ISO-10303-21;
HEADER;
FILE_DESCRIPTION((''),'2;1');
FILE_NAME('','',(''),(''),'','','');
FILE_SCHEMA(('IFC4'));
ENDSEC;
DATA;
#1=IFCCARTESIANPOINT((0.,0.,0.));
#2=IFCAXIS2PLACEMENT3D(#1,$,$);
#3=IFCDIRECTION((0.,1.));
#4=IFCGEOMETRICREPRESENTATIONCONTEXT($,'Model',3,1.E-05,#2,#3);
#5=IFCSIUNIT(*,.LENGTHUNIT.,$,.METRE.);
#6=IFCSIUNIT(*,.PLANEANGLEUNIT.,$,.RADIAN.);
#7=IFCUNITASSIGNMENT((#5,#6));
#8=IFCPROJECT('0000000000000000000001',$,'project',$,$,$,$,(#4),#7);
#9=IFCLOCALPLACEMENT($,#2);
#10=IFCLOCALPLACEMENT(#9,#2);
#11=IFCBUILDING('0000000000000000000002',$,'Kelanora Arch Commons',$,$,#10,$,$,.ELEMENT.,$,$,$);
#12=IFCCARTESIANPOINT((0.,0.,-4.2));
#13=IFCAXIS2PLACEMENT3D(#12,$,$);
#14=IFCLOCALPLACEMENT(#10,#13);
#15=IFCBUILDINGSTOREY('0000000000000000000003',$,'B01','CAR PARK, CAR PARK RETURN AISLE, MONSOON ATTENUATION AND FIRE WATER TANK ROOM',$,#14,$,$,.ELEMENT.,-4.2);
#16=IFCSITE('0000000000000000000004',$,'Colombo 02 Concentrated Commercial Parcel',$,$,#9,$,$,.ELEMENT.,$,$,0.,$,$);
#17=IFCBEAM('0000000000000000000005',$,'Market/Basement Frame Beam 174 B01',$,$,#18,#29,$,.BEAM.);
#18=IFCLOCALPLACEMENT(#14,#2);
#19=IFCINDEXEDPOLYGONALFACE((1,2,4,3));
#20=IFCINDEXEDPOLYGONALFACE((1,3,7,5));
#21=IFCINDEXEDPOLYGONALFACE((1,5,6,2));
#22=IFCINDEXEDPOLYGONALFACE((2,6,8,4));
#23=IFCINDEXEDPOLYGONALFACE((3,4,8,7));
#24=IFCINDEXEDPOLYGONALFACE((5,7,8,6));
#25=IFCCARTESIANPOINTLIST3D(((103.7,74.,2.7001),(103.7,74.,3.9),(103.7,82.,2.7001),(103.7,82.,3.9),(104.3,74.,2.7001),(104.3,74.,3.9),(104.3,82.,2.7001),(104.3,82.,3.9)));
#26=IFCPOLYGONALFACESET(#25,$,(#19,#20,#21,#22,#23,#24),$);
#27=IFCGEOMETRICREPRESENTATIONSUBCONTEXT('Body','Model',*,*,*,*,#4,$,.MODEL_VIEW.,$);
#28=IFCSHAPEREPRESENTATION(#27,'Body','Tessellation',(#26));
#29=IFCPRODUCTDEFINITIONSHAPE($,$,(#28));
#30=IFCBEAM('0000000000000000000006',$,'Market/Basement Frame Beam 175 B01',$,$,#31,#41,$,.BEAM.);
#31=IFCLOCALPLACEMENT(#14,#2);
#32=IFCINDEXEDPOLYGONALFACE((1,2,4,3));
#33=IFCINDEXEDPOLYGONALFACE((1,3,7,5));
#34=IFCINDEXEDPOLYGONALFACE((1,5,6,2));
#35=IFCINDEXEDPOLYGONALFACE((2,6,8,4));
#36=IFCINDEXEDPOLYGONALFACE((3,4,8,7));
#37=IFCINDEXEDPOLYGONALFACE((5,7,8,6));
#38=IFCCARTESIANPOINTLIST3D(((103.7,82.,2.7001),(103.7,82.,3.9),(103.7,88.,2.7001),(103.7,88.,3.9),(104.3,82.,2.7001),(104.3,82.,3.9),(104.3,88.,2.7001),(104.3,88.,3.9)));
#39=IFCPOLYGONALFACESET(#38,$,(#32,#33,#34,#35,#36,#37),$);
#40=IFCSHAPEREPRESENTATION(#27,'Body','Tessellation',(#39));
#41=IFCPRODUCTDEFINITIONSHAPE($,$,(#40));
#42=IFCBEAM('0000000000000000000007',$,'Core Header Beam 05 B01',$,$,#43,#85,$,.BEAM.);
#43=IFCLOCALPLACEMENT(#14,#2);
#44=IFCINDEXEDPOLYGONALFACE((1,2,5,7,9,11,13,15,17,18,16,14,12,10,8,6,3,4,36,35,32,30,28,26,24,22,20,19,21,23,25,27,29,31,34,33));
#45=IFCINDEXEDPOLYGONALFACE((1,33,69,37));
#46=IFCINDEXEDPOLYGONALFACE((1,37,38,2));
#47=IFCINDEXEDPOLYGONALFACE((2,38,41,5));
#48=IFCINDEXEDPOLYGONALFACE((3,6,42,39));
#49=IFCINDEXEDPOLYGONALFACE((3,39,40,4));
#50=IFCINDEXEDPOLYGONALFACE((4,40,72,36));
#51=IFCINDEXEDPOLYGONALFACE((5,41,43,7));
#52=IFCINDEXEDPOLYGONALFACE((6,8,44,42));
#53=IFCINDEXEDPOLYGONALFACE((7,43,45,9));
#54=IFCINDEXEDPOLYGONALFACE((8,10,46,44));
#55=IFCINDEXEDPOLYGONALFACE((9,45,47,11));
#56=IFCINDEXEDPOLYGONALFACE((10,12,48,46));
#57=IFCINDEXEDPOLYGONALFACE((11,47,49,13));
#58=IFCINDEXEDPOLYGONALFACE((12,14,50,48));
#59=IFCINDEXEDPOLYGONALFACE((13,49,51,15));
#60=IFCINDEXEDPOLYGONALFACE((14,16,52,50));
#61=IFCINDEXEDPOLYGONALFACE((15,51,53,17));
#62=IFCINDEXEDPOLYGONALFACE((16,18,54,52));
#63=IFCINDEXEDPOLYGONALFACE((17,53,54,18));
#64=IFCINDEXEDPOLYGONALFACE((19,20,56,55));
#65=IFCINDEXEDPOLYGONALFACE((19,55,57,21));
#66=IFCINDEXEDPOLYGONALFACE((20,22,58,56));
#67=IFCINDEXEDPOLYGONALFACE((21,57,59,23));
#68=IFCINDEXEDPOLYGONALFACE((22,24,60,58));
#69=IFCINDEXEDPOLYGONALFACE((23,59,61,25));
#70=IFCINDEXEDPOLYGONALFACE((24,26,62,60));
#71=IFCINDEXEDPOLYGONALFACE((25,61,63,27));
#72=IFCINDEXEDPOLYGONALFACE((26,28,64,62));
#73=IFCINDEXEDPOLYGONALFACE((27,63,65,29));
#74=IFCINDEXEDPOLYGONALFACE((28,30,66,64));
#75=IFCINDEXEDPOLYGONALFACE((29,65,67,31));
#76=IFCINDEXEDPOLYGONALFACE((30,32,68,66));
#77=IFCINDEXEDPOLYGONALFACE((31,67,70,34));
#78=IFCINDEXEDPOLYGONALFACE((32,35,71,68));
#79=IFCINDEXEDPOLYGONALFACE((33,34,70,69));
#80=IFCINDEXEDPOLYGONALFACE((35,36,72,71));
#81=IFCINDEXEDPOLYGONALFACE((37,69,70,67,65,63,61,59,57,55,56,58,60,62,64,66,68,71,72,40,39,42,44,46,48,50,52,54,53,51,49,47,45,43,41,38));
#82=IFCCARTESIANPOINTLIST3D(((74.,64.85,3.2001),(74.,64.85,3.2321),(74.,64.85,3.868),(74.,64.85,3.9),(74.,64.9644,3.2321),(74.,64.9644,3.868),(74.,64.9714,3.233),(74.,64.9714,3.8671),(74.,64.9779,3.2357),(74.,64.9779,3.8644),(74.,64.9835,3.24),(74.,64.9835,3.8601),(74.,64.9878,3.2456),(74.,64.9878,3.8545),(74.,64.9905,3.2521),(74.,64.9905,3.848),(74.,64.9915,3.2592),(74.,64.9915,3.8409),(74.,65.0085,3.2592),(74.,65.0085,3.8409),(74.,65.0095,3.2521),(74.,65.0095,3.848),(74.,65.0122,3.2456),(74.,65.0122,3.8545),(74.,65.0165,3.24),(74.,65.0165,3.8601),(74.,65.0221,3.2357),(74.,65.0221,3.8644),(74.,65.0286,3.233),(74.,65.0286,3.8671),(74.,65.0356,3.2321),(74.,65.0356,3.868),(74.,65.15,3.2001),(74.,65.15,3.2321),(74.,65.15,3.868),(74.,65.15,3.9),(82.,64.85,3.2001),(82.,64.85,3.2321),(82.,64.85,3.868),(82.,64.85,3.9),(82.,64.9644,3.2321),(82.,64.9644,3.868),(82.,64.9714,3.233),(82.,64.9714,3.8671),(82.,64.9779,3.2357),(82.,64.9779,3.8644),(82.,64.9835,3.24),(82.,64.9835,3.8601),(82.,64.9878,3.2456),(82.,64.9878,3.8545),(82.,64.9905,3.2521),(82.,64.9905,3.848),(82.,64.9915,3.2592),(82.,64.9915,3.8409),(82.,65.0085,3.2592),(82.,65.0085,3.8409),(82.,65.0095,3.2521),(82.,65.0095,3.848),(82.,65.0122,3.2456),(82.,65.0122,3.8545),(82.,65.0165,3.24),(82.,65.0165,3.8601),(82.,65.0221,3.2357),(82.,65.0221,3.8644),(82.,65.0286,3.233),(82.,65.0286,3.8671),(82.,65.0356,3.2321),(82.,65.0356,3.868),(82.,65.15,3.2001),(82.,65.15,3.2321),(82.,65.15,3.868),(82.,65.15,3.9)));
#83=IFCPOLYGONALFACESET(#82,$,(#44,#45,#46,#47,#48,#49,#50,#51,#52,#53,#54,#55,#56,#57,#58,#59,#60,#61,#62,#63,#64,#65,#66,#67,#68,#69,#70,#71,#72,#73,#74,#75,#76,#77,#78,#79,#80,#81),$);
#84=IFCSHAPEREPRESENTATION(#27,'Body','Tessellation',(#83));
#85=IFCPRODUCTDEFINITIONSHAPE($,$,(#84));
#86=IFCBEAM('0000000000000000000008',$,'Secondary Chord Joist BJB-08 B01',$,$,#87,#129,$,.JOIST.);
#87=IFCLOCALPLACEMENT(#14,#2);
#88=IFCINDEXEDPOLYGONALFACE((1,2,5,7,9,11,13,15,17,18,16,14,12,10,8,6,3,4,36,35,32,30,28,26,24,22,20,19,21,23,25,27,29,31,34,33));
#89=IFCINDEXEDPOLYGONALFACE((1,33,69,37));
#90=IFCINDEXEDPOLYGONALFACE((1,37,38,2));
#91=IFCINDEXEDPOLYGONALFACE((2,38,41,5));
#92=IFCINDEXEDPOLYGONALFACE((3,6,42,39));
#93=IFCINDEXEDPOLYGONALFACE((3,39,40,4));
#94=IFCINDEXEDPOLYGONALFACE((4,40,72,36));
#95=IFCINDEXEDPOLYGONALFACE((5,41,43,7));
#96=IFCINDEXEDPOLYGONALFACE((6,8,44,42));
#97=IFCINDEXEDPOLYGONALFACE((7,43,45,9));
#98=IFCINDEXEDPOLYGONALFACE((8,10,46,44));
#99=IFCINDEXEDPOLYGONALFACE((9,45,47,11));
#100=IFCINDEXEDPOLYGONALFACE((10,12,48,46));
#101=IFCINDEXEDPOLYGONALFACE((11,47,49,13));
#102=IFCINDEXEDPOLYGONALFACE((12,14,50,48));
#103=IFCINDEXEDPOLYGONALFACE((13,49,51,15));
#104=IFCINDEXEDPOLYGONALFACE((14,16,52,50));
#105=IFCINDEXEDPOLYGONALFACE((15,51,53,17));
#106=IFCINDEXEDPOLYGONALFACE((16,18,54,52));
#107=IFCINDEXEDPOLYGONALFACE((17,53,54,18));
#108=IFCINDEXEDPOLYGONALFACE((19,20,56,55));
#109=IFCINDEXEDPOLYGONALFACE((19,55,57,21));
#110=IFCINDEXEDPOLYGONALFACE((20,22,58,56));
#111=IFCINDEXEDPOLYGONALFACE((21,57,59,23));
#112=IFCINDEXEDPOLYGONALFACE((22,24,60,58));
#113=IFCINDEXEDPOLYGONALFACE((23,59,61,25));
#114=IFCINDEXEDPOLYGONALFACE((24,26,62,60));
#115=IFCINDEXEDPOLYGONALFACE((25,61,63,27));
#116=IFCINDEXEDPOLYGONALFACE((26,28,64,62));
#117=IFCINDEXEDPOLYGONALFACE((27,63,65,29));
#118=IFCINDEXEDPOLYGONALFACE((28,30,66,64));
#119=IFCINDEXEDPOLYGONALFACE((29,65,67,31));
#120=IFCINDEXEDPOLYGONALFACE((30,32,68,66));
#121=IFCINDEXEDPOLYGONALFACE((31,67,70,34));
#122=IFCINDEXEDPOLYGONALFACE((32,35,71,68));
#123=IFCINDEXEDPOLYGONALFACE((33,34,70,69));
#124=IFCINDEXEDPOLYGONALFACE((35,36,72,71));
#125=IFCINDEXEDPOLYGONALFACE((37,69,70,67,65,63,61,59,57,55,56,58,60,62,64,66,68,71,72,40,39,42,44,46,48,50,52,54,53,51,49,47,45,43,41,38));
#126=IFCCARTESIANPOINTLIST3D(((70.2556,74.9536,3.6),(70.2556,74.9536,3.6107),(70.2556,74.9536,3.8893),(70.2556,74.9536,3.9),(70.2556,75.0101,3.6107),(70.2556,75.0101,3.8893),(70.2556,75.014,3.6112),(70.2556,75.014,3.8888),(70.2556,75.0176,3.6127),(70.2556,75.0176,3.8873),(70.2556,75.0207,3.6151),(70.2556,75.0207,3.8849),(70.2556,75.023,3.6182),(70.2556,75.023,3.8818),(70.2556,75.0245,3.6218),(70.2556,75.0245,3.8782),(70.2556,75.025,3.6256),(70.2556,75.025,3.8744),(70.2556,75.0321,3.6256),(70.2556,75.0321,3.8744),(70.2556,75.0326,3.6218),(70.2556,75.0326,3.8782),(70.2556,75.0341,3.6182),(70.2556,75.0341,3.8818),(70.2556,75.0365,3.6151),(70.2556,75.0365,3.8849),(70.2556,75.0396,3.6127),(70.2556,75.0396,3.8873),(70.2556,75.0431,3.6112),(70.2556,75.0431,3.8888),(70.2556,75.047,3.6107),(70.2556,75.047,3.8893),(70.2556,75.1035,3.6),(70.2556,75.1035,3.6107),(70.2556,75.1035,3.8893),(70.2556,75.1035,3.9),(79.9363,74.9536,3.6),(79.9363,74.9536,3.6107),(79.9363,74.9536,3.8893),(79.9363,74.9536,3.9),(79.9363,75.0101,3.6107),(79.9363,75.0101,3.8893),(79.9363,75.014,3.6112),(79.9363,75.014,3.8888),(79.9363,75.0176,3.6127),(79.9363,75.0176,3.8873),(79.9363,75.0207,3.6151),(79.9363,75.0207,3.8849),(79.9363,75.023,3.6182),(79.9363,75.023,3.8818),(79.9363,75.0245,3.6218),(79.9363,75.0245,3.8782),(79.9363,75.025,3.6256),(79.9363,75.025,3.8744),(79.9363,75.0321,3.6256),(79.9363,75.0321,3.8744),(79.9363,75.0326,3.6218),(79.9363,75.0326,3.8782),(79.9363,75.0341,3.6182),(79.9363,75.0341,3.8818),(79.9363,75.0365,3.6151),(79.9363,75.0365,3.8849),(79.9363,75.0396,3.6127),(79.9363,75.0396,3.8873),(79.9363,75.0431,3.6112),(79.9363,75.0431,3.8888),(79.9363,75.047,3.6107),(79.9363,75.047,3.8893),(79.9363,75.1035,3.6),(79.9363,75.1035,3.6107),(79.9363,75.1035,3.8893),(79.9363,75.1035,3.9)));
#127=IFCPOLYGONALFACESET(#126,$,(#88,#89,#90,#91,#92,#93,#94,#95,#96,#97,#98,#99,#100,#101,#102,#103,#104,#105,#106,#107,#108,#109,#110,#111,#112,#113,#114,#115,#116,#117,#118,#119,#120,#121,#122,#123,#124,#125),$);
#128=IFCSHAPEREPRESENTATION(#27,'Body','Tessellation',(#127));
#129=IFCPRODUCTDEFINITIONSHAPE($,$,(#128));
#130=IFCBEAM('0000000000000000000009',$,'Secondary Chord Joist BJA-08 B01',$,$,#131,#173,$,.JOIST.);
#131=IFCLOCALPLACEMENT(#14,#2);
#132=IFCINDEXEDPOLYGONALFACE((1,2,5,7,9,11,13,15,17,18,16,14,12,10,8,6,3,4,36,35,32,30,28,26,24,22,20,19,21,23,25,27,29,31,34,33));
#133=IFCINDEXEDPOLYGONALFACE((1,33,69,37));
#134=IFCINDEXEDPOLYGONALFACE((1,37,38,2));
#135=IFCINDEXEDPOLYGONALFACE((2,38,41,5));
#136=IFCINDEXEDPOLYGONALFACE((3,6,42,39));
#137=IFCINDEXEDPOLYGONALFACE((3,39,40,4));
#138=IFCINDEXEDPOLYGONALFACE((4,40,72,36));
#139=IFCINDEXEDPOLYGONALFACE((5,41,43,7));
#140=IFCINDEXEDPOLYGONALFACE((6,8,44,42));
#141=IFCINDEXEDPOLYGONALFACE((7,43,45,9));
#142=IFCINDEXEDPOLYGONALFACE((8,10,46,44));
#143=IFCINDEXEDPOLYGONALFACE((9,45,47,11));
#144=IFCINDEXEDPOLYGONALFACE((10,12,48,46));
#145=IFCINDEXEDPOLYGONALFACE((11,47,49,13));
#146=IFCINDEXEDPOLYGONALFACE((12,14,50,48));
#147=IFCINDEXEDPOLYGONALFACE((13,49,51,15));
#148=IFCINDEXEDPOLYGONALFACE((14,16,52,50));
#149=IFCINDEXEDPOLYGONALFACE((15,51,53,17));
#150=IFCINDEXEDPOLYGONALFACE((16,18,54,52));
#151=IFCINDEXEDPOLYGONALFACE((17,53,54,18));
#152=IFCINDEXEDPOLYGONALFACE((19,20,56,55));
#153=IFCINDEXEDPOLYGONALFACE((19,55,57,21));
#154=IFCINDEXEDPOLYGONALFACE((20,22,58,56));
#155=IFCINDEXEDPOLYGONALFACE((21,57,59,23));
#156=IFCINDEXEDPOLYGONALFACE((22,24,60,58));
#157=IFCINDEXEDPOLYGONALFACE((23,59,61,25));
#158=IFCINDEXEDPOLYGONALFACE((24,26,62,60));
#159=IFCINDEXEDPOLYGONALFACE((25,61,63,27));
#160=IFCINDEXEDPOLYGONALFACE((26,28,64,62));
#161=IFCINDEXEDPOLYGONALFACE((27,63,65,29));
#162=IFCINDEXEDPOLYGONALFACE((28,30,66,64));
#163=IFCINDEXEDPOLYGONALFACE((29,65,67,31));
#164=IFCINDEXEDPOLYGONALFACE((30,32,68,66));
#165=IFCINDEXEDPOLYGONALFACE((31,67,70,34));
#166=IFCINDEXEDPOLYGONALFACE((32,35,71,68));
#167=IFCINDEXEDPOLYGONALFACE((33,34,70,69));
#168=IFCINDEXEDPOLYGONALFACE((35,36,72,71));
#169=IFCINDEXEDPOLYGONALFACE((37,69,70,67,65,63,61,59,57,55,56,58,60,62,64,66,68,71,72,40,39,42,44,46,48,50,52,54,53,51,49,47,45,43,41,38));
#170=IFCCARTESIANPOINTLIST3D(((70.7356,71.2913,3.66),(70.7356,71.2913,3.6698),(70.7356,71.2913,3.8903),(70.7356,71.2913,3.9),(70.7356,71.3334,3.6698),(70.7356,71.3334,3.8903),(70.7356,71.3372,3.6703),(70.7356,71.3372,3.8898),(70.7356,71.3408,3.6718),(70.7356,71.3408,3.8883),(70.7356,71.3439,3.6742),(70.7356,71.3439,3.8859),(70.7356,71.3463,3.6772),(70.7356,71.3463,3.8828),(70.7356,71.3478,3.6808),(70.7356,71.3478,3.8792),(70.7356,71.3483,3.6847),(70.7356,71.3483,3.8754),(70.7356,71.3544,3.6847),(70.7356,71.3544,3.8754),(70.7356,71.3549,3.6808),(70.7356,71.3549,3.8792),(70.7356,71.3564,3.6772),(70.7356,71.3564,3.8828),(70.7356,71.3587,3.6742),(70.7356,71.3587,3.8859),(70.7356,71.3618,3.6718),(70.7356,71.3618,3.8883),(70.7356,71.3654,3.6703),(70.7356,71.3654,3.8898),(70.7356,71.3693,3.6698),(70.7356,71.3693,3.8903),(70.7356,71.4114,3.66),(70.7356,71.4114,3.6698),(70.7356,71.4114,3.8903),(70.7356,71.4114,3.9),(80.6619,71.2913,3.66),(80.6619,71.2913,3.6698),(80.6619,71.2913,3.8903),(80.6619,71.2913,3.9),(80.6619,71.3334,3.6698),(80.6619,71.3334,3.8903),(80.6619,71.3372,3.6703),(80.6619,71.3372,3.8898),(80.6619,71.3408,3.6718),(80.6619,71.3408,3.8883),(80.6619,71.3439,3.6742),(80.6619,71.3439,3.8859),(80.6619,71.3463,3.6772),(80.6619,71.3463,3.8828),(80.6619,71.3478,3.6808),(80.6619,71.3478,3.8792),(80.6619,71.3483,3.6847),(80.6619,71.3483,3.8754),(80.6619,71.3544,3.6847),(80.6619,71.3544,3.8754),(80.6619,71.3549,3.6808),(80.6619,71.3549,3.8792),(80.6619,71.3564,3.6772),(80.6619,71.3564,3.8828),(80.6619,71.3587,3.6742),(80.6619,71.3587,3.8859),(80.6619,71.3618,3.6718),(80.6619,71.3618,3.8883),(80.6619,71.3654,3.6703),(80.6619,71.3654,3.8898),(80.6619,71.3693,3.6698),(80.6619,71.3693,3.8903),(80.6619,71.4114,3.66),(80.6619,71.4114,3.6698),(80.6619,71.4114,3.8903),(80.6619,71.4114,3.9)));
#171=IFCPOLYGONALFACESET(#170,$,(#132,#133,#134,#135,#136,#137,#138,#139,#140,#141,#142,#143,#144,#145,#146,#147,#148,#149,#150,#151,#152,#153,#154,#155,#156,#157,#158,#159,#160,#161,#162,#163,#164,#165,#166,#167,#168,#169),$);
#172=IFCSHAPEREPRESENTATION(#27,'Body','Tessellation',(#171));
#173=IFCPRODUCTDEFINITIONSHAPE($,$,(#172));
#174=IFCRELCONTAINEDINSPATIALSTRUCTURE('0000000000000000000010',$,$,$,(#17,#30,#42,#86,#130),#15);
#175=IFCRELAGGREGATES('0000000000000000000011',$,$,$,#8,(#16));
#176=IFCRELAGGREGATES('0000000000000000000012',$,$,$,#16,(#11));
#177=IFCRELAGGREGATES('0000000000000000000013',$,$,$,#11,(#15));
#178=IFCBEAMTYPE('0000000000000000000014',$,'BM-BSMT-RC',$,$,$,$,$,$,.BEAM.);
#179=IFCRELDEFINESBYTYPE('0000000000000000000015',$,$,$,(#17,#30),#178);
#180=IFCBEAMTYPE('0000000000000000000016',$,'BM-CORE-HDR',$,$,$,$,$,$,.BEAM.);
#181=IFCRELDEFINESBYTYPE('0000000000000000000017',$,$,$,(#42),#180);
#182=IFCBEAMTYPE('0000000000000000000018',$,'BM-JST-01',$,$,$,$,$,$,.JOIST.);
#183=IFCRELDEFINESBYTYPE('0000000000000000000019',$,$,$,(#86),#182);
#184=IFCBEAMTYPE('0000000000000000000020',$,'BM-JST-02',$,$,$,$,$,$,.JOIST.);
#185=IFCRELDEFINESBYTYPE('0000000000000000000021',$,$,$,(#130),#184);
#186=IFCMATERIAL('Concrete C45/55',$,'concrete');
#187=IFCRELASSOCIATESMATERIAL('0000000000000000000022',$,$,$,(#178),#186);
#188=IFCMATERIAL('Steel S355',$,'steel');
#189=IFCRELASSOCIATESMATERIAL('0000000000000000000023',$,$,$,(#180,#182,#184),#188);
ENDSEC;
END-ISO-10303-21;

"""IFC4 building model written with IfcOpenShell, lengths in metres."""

from ifc_helpers import new_model, si_unit, direction, frame, origin, origin_2d, place, context, subcontext, project, spatial, rectangle, i_section, extrude, material, material_profile, profile_set, type_object, element, save


model = new_model("IFC4")

# Units and contexts
model_context = context("Model", 3, precision=1e-05, world=origin(), true_north=direction((0.0, 1.0)))
body_context = subcontext(model_context, "Body", "Model", "MODEL_VIEW")
ifc_project = project(units=[si_unit("LENGTHUNIT", "METRE"), si_unit("PLANEANGLEUNIT", "RADIAN")], contexts=[model_context])

# Site, building, storey
site_placement = place(None, origin())
site = spatial("IfcSite", under=ifc_project, at=site_placement, Name="Colombo 02 Concentrated Commercial Parcel", CompositionType="ELEMENT", RefElevation=0.0)
building_placement = place(site_placement, origin())
building = spatial("IfcBuilding", under=site, at=building_placement, Name="Kelanora Arch Commons", CompositionType="ELEMENT")
storey_placement = place(building_placement, frame((0.0, 0.0, -4.2)))
storey = spatial("IfcBuildingStorey", under=building, at=storey_placement, Name="B01", Description="CAR PARK, CAR PARK RETURN AISLE, MONSOON ATTENUATION AND FIRE WATER TANK ROOM", CompositionType="ELEMENT", Elevation=-4.2)

# Shared definitions
ifc_material_1 = material(Name="Steel S355", Category="steel")

# Beams
ifc_material_2 = material(Name="Concrete C45/55", Category="concrete")
ifc_material_profile_1 = material_profile(ifc_material_2, rectangle(XDim=0.6001, YDim=1.2, at=origin_2d()), Name="RCB600x1200")
ifc_profile_set_1 = profile_set([ifc_material_profile_1], Name="Concrete C45/55")
beam_type_1 = type_object("IfcBeamType", Name="BM-BSMT-RC", PredefinedType="BEAM", material=ifc_profile_set_1)
for number, where, z_axis, x_axis, name in (
    (1, (104.0, 74.0, 3.3), (0.0, 1.0, 0.0), (-1.0, 0.0, 0.0), "Market/Basement Frame Beam 174 B01"),
):
    element("IfcBeam", number, at=place(storey_placement, frame(where, z_axis=z_axis, x_axis=x_axis)), inside=storey, type_object=beam_type_1, Name=name, PredefinedType="BEAM", context=body_context, shape_type="SweptSolid", body=[
        extrude(rectangle(XDim=0.6001, YDim=1.2, at=origin_2d()), origin(), (0.0, 0.0, 1.0), 8.0),
    ])
beam_1_placement = place(storey_placement, frame((104.0, 82.0, 3.3), z_axis=(0.0, 1.0, 0.0), x_axis=(-1.0, 0.0, 0.0)))
element("IfcBeam", 2, at=beam_1_placement, inside=storey, type_object=beam_type_1, Name="Market/Basement Frame Beam 175 B01", PredefinedType="BEAM", context=body_context, shape_type="SweptSolid", body=[
    extrude(rectangle(XDim=0.6001, YDim=1.2, at=origin_2d()), origin(), (0.0, 0.0, 1.0), 6.0),
])
ifc_material_profile_2 = material_profile(ifc_material_1, i_section(OverallWidth=0.3, OverallDepth=0.7, WebThickness=0.0171, FlangeThickness=0.032, FilletRadius=0.0271, at=origin_2d()), Name="HEB700")
ifc_profile_set_2 = profile_set([ifc_material_profile_2], Name="Steel S355")
beam_type_2 = type_object("IfcBeamType", Name="BM-CORE-HDR", PredefinedType="BEAM", material=ifc_profile_set_2)
beam_2_placement = place(storey_placement, frame((82.0, 65.0, 3.55), z_axis=(-1.0, 0.0, 0.0), x_axis=(0.0, -1.0, 0.0)))
element("IfcBeam", 3, at=beam_2_placement, inside=storey, type_object=beam_type_2, Name="Core Header Beam 05 B01", PredefinedType="BEAM", context=body_context, shape_type="SweptSolid", body=[
    extrude(i_section(OverallWidth=0.3, OverallDepth=0.7, WebThickness=0.0171, FlangeThickness=0.032, FilletRadius=0.0271, at=origin_2d()), origin(), (0.0, 0.0, 1.0), 8.0),
])
ifc_material_profile_3 = material_profile(ifc_material_1, i_section(OverallWidth=0.1499, OverallDepth=0.3, WebThickness=0.0071, FlangeThickness=0.0107, FilletRadius=0.0149, at=origin_2d()), Name="IPE300")
ifc_profile_set_3 = profile_set([ifc_material_profile_3], Name="Steel S355")
beam_type_3 = type_object("IfcBeamType", Name="BM-JST-01", PredefinedType="JOIST", material=ifc_profile_set_3)
beam_3_placement = place(storey_placement, frame((79.9363, 75.0286, 3.75), z_axis=(-1.0, 0.0, 0.0), x_axis=(0.0, -1.0, 0.0)))
element("IfcBeam", 4, at=beam_3_placement, inside=storey, type_object=beam_type_3, Name="Secondary Chord Joist BJB-08 B01", PredefinedType="JOIST", context=body_context, shape_type="SweptSolid", body=[
    extrude(i_section(OverallWidth=0.1499, OverallDepth=0.3, WebThickness=0.0071, FlangeThickness=0.0107, FilletRadius=0.0149, at=origin_2d()), origin(), (0.0, 0.0, 1.0), 9.6807),
])
ifc_material_profile_4 = material_profile(ifc_material_1, i_section(OverallWidth=0.1201, OverallDepth=0.24, WebThickness=0.0061, FlangeThickness=0.0098, FilletRadius=0.0149, at=origin_2d()), Name="IPE240")
ifc_profile_set_4 = profile_set([ifc_material_profile_4], Name="Steel S355")
beam_type_4 = type_object("IfcBeamType", Name="BM-JST-02", PredefinedType="JOIST", material=ifc_profile_set_4)
beam_4_placement = place(storey_placement, frame((80.6619, 71.3513, 3.78), z_axis=(-1.0, 0.0, 0.0), x_axis=(0.0, -1.0, 0.0)))
element("IfcBeam", 5, at=beam_4_placement, inside=storey, type_object=beam_type_4, Name="Secondary Chord Joist BJA-08 B01", PredefinedType="JOIST", context=body_context, shape_type="SweptSolid", body=[
    extrude(i_section(OverallWidth=0.1201, OverallDepth=0.24, WebThickness=0.0061, FlangeThickness=0.0098, FilletRadius=0.0149, at=origin_2d()), origin(), (0.0, 0.0, 1.0), 9.9263),
])

save(model, "model.ifc")
